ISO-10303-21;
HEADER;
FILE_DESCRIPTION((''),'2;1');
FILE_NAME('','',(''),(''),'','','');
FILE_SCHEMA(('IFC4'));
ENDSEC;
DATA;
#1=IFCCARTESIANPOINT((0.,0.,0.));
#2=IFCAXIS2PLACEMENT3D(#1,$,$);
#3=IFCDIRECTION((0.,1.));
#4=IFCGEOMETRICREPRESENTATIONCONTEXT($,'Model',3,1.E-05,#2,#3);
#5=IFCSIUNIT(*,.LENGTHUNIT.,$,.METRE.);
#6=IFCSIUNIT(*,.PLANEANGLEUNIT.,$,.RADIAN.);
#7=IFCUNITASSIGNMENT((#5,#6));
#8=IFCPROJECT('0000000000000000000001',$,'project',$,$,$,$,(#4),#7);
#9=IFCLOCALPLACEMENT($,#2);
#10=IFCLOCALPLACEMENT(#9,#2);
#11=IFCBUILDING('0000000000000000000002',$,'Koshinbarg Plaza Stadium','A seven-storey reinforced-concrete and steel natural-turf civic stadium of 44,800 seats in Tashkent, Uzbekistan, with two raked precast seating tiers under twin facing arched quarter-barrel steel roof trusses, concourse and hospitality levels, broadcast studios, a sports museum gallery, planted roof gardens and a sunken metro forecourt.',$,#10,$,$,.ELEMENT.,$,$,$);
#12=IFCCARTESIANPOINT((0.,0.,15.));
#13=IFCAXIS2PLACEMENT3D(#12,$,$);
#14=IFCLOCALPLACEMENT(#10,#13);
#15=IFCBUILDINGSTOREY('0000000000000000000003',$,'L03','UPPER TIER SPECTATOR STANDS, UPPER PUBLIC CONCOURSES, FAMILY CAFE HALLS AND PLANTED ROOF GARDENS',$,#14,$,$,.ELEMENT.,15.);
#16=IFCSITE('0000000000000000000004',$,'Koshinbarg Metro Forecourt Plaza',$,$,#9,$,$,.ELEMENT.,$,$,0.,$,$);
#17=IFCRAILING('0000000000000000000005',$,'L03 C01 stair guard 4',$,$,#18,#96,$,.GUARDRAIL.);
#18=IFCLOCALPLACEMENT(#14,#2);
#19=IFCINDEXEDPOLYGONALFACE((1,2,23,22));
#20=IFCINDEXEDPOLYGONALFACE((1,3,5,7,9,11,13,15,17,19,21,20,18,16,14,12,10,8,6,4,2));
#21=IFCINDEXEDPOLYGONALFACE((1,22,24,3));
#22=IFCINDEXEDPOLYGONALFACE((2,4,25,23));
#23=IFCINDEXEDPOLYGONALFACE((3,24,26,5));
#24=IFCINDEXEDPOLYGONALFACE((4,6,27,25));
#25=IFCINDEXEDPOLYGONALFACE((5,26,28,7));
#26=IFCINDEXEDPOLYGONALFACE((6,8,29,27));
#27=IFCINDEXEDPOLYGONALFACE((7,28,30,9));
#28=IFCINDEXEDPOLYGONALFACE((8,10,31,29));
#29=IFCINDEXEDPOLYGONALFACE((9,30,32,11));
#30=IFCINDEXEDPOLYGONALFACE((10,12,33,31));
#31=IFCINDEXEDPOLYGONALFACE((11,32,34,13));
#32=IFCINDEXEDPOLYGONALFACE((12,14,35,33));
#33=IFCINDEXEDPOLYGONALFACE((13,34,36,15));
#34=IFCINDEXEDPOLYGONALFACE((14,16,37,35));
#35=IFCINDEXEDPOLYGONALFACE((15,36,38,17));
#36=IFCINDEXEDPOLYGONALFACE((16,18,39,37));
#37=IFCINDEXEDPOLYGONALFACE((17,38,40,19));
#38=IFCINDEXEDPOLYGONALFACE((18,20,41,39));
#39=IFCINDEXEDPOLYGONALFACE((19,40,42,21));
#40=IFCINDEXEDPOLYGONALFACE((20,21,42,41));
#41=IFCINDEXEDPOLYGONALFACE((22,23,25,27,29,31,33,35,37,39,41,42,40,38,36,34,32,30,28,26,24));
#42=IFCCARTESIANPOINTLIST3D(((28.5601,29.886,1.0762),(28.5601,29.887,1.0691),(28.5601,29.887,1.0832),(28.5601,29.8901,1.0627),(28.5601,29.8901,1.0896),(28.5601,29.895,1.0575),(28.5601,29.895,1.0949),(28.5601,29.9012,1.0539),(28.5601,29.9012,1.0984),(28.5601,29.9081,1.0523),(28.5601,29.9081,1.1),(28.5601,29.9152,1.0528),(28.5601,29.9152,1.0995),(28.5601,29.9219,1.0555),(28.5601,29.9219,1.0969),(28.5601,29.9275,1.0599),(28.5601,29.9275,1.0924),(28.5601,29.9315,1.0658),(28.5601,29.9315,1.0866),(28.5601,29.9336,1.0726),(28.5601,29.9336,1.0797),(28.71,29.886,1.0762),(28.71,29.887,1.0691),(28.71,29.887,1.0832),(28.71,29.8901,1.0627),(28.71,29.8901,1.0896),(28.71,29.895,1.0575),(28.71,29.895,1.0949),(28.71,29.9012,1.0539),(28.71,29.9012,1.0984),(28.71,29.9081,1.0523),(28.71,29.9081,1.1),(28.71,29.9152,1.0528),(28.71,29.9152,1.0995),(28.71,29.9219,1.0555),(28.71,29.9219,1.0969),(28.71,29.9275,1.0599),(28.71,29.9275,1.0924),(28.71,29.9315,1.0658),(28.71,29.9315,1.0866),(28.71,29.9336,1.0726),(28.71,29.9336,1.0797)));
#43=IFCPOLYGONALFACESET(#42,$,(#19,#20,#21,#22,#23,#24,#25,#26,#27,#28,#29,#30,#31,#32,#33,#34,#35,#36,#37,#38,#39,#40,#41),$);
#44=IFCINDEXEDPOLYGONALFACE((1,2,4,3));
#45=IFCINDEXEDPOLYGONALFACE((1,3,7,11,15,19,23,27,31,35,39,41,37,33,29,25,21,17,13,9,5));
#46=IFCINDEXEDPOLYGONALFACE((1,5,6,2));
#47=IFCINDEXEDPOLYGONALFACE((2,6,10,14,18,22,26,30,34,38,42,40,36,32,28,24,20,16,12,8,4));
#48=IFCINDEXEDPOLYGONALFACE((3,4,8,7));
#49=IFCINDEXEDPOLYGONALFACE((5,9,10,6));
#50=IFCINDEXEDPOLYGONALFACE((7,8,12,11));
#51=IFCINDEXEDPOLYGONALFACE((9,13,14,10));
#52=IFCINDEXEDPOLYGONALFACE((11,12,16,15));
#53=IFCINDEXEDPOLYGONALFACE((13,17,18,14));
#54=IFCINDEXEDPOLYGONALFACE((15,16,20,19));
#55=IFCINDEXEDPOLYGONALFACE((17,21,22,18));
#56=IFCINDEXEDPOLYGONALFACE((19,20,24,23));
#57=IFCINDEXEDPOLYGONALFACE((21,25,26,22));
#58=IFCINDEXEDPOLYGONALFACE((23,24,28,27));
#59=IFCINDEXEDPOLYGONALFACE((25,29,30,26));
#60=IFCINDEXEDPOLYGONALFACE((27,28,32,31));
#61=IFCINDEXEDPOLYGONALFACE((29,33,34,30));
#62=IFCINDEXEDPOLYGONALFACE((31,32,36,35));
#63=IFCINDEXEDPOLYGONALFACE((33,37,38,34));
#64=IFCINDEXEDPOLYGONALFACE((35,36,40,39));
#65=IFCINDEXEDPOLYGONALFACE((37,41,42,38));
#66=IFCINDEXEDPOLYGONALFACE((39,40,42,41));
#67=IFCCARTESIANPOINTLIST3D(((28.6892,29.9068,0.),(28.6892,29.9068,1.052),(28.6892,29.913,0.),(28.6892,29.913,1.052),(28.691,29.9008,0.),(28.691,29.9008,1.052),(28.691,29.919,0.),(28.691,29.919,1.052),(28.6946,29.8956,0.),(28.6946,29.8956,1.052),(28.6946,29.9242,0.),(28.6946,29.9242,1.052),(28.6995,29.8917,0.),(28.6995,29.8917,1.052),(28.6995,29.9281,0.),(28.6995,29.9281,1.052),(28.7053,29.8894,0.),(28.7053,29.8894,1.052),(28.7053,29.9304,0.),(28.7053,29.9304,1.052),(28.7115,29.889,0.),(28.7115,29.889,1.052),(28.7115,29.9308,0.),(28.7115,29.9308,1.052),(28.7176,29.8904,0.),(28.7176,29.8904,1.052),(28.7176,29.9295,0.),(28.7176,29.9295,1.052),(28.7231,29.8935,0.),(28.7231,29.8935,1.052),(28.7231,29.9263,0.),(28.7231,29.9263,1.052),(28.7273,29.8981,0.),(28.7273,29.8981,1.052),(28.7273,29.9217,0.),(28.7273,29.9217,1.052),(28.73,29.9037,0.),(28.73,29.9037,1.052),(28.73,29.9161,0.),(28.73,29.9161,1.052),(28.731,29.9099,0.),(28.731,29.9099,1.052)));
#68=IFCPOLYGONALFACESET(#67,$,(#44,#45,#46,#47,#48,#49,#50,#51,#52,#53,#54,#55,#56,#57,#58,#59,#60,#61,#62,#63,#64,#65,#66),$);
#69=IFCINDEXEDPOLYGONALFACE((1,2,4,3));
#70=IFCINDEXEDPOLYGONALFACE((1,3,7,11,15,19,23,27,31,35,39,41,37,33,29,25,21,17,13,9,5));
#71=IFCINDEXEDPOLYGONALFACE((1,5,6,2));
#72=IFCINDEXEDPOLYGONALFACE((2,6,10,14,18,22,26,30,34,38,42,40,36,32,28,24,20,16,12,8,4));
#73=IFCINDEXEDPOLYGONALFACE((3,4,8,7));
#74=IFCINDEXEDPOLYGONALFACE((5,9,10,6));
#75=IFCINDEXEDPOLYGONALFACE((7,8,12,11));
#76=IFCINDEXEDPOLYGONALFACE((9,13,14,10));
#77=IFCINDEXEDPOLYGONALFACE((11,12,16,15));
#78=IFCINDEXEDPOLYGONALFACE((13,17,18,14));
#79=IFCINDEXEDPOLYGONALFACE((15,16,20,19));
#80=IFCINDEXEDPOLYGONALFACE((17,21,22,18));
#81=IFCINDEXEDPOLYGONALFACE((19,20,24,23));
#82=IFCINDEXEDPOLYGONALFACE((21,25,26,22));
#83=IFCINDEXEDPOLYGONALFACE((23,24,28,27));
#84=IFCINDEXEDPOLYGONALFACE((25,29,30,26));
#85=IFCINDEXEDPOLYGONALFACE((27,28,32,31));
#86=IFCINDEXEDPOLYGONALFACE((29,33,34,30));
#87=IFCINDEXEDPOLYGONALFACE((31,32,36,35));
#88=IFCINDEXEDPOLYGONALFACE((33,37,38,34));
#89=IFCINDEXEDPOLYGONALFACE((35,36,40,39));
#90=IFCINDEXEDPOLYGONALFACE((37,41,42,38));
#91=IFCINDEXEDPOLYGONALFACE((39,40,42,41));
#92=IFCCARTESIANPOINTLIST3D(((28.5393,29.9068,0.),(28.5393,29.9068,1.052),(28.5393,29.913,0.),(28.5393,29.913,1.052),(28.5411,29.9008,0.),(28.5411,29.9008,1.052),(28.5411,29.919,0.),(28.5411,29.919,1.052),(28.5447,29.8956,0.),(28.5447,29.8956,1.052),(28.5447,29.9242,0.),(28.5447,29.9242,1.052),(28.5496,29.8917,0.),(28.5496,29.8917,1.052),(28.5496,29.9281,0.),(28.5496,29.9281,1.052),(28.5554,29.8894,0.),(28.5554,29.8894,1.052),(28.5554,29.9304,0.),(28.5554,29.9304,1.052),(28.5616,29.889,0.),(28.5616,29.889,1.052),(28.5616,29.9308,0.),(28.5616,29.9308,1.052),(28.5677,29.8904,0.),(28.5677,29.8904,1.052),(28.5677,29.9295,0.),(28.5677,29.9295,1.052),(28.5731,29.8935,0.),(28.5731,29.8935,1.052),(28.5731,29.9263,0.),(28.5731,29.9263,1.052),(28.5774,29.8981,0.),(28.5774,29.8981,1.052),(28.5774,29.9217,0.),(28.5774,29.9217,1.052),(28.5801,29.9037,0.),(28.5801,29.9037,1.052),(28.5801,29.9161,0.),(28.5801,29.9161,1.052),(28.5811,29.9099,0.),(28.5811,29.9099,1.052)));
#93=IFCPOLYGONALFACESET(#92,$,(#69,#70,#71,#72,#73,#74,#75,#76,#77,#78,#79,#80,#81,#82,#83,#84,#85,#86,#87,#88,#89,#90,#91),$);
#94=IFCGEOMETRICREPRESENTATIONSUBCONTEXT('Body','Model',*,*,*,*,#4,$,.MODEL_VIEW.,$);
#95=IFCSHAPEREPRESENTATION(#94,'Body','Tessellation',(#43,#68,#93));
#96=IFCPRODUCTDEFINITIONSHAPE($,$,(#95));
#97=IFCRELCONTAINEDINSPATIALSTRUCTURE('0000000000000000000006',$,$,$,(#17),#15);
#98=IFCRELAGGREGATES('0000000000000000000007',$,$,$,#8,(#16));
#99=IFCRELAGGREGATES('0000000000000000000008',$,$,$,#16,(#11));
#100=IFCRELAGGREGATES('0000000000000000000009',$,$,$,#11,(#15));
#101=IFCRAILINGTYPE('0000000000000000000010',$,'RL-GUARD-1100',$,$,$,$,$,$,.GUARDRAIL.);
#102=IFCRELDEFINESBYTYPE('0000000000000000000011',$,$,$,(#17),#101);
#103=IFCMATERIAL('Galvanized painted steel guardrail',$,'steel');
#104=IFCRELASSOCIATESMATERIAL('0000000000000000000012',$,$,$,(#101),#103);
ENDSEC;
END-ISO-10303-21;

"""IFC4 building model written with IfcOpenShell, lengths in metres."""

from ifc_helpers import new_model, si_unit, direction, frame, origin, origin_2d, place, context, subcontext, project, spatial, circle, extrude, material, type_object, element, save


model = new_model("IFC4")

# Units and contexts
model_context = context("Model", 3, precision=1e-05, world=origin(), true_north=direction((0.0, 1.0)))
body_context = subcontext(model_context, "Body", "Model", "MODEL_VIEW")
ifc_project = project(units=[si_unit("LENGTHUNIT", "METRE"), si_unit("PLANEANGLEUNIT", "RADIAN")], contexts=[model_context])

# Site, building, storey
site_placement = place(None, origin())
site = spatial("IfcSite", under=ifc_project, at=site_placement, Name="Koshinbarg Metro Forecourt Plaza", CompositionType="ELEMENT", RefElevation=0.0)
building_placement = place(site_placement, origin())
building = spatial("IfcBuilding", under=site, at=building_placement, Name="Koshinbarg Plaza Stadium", Description="A seven-storey reinforced-concrete and steel natural-turf civic stadium of 44,800 seats in Tashkent, Uzbekistan, with two raked precast seating tiers under twin facing arched quarter-barrel steel roof trusses, concourse and hospitality levels, broadcast studios, a sports museum gallery, planted roof gardens and a sunken metro forecourt.", CompositionType="ELEMENT")
storey_placement = place(building_placement, frame((0.0, 0.0, 15.0)))
storey = spatial("IfcBuildingStorey", under=building, at=storey_placement, Name="L03", Description="UPPER TIER SPECTATOR STANDS, UPPER PUBLIC CONCOURSES, FAMILY CAFE HALLS AND PLANTED ROOF GARDENS", CompositionType="ELEMENT", Elevation=15.0)

# Railing
ifc_material_1 = material(Name="Galvanized painted steel guardrail", Category="steel")
railing_type_1 = type_object("IfcRailingType", Name="RL-GUARD-1100", PredefinedType="GUARDRAIL", material=ifc_material_1)
railing_1_placement = place(storey_placement, frame((28.71, 29.9099, 0.0)))
element("IfcRailing", 1, at=railing_1_placement, inside=storey, type_object=railing_type_1, Name="L03 C01 stair guard 4", PredefinedType="GUARDRAIL", context=body_context, shape_type="SweptSolid", body=[
    extrude(circle(Radius=0.0239, at=origin_2d()), frame((0.0, 0.0, 1.0762), z_axis=(-1.0, 0.0, 0.0), x_axis=(0.0, -1.0, 0.0)), (0.0, 0.0, 1.0), 0.1499),
    extrude(circle(Radius=0.021, at=origin_2d()), origin(), (0.0, 0.0, 1.0), 1.052),
    extrude(circle(Radius=0.021, at=origin_2d()), frame((-0.1499, 0.0, 0.0)), (0.0, 0.0, 1.0), 1.052),
])

save(model, "model.ifc")
